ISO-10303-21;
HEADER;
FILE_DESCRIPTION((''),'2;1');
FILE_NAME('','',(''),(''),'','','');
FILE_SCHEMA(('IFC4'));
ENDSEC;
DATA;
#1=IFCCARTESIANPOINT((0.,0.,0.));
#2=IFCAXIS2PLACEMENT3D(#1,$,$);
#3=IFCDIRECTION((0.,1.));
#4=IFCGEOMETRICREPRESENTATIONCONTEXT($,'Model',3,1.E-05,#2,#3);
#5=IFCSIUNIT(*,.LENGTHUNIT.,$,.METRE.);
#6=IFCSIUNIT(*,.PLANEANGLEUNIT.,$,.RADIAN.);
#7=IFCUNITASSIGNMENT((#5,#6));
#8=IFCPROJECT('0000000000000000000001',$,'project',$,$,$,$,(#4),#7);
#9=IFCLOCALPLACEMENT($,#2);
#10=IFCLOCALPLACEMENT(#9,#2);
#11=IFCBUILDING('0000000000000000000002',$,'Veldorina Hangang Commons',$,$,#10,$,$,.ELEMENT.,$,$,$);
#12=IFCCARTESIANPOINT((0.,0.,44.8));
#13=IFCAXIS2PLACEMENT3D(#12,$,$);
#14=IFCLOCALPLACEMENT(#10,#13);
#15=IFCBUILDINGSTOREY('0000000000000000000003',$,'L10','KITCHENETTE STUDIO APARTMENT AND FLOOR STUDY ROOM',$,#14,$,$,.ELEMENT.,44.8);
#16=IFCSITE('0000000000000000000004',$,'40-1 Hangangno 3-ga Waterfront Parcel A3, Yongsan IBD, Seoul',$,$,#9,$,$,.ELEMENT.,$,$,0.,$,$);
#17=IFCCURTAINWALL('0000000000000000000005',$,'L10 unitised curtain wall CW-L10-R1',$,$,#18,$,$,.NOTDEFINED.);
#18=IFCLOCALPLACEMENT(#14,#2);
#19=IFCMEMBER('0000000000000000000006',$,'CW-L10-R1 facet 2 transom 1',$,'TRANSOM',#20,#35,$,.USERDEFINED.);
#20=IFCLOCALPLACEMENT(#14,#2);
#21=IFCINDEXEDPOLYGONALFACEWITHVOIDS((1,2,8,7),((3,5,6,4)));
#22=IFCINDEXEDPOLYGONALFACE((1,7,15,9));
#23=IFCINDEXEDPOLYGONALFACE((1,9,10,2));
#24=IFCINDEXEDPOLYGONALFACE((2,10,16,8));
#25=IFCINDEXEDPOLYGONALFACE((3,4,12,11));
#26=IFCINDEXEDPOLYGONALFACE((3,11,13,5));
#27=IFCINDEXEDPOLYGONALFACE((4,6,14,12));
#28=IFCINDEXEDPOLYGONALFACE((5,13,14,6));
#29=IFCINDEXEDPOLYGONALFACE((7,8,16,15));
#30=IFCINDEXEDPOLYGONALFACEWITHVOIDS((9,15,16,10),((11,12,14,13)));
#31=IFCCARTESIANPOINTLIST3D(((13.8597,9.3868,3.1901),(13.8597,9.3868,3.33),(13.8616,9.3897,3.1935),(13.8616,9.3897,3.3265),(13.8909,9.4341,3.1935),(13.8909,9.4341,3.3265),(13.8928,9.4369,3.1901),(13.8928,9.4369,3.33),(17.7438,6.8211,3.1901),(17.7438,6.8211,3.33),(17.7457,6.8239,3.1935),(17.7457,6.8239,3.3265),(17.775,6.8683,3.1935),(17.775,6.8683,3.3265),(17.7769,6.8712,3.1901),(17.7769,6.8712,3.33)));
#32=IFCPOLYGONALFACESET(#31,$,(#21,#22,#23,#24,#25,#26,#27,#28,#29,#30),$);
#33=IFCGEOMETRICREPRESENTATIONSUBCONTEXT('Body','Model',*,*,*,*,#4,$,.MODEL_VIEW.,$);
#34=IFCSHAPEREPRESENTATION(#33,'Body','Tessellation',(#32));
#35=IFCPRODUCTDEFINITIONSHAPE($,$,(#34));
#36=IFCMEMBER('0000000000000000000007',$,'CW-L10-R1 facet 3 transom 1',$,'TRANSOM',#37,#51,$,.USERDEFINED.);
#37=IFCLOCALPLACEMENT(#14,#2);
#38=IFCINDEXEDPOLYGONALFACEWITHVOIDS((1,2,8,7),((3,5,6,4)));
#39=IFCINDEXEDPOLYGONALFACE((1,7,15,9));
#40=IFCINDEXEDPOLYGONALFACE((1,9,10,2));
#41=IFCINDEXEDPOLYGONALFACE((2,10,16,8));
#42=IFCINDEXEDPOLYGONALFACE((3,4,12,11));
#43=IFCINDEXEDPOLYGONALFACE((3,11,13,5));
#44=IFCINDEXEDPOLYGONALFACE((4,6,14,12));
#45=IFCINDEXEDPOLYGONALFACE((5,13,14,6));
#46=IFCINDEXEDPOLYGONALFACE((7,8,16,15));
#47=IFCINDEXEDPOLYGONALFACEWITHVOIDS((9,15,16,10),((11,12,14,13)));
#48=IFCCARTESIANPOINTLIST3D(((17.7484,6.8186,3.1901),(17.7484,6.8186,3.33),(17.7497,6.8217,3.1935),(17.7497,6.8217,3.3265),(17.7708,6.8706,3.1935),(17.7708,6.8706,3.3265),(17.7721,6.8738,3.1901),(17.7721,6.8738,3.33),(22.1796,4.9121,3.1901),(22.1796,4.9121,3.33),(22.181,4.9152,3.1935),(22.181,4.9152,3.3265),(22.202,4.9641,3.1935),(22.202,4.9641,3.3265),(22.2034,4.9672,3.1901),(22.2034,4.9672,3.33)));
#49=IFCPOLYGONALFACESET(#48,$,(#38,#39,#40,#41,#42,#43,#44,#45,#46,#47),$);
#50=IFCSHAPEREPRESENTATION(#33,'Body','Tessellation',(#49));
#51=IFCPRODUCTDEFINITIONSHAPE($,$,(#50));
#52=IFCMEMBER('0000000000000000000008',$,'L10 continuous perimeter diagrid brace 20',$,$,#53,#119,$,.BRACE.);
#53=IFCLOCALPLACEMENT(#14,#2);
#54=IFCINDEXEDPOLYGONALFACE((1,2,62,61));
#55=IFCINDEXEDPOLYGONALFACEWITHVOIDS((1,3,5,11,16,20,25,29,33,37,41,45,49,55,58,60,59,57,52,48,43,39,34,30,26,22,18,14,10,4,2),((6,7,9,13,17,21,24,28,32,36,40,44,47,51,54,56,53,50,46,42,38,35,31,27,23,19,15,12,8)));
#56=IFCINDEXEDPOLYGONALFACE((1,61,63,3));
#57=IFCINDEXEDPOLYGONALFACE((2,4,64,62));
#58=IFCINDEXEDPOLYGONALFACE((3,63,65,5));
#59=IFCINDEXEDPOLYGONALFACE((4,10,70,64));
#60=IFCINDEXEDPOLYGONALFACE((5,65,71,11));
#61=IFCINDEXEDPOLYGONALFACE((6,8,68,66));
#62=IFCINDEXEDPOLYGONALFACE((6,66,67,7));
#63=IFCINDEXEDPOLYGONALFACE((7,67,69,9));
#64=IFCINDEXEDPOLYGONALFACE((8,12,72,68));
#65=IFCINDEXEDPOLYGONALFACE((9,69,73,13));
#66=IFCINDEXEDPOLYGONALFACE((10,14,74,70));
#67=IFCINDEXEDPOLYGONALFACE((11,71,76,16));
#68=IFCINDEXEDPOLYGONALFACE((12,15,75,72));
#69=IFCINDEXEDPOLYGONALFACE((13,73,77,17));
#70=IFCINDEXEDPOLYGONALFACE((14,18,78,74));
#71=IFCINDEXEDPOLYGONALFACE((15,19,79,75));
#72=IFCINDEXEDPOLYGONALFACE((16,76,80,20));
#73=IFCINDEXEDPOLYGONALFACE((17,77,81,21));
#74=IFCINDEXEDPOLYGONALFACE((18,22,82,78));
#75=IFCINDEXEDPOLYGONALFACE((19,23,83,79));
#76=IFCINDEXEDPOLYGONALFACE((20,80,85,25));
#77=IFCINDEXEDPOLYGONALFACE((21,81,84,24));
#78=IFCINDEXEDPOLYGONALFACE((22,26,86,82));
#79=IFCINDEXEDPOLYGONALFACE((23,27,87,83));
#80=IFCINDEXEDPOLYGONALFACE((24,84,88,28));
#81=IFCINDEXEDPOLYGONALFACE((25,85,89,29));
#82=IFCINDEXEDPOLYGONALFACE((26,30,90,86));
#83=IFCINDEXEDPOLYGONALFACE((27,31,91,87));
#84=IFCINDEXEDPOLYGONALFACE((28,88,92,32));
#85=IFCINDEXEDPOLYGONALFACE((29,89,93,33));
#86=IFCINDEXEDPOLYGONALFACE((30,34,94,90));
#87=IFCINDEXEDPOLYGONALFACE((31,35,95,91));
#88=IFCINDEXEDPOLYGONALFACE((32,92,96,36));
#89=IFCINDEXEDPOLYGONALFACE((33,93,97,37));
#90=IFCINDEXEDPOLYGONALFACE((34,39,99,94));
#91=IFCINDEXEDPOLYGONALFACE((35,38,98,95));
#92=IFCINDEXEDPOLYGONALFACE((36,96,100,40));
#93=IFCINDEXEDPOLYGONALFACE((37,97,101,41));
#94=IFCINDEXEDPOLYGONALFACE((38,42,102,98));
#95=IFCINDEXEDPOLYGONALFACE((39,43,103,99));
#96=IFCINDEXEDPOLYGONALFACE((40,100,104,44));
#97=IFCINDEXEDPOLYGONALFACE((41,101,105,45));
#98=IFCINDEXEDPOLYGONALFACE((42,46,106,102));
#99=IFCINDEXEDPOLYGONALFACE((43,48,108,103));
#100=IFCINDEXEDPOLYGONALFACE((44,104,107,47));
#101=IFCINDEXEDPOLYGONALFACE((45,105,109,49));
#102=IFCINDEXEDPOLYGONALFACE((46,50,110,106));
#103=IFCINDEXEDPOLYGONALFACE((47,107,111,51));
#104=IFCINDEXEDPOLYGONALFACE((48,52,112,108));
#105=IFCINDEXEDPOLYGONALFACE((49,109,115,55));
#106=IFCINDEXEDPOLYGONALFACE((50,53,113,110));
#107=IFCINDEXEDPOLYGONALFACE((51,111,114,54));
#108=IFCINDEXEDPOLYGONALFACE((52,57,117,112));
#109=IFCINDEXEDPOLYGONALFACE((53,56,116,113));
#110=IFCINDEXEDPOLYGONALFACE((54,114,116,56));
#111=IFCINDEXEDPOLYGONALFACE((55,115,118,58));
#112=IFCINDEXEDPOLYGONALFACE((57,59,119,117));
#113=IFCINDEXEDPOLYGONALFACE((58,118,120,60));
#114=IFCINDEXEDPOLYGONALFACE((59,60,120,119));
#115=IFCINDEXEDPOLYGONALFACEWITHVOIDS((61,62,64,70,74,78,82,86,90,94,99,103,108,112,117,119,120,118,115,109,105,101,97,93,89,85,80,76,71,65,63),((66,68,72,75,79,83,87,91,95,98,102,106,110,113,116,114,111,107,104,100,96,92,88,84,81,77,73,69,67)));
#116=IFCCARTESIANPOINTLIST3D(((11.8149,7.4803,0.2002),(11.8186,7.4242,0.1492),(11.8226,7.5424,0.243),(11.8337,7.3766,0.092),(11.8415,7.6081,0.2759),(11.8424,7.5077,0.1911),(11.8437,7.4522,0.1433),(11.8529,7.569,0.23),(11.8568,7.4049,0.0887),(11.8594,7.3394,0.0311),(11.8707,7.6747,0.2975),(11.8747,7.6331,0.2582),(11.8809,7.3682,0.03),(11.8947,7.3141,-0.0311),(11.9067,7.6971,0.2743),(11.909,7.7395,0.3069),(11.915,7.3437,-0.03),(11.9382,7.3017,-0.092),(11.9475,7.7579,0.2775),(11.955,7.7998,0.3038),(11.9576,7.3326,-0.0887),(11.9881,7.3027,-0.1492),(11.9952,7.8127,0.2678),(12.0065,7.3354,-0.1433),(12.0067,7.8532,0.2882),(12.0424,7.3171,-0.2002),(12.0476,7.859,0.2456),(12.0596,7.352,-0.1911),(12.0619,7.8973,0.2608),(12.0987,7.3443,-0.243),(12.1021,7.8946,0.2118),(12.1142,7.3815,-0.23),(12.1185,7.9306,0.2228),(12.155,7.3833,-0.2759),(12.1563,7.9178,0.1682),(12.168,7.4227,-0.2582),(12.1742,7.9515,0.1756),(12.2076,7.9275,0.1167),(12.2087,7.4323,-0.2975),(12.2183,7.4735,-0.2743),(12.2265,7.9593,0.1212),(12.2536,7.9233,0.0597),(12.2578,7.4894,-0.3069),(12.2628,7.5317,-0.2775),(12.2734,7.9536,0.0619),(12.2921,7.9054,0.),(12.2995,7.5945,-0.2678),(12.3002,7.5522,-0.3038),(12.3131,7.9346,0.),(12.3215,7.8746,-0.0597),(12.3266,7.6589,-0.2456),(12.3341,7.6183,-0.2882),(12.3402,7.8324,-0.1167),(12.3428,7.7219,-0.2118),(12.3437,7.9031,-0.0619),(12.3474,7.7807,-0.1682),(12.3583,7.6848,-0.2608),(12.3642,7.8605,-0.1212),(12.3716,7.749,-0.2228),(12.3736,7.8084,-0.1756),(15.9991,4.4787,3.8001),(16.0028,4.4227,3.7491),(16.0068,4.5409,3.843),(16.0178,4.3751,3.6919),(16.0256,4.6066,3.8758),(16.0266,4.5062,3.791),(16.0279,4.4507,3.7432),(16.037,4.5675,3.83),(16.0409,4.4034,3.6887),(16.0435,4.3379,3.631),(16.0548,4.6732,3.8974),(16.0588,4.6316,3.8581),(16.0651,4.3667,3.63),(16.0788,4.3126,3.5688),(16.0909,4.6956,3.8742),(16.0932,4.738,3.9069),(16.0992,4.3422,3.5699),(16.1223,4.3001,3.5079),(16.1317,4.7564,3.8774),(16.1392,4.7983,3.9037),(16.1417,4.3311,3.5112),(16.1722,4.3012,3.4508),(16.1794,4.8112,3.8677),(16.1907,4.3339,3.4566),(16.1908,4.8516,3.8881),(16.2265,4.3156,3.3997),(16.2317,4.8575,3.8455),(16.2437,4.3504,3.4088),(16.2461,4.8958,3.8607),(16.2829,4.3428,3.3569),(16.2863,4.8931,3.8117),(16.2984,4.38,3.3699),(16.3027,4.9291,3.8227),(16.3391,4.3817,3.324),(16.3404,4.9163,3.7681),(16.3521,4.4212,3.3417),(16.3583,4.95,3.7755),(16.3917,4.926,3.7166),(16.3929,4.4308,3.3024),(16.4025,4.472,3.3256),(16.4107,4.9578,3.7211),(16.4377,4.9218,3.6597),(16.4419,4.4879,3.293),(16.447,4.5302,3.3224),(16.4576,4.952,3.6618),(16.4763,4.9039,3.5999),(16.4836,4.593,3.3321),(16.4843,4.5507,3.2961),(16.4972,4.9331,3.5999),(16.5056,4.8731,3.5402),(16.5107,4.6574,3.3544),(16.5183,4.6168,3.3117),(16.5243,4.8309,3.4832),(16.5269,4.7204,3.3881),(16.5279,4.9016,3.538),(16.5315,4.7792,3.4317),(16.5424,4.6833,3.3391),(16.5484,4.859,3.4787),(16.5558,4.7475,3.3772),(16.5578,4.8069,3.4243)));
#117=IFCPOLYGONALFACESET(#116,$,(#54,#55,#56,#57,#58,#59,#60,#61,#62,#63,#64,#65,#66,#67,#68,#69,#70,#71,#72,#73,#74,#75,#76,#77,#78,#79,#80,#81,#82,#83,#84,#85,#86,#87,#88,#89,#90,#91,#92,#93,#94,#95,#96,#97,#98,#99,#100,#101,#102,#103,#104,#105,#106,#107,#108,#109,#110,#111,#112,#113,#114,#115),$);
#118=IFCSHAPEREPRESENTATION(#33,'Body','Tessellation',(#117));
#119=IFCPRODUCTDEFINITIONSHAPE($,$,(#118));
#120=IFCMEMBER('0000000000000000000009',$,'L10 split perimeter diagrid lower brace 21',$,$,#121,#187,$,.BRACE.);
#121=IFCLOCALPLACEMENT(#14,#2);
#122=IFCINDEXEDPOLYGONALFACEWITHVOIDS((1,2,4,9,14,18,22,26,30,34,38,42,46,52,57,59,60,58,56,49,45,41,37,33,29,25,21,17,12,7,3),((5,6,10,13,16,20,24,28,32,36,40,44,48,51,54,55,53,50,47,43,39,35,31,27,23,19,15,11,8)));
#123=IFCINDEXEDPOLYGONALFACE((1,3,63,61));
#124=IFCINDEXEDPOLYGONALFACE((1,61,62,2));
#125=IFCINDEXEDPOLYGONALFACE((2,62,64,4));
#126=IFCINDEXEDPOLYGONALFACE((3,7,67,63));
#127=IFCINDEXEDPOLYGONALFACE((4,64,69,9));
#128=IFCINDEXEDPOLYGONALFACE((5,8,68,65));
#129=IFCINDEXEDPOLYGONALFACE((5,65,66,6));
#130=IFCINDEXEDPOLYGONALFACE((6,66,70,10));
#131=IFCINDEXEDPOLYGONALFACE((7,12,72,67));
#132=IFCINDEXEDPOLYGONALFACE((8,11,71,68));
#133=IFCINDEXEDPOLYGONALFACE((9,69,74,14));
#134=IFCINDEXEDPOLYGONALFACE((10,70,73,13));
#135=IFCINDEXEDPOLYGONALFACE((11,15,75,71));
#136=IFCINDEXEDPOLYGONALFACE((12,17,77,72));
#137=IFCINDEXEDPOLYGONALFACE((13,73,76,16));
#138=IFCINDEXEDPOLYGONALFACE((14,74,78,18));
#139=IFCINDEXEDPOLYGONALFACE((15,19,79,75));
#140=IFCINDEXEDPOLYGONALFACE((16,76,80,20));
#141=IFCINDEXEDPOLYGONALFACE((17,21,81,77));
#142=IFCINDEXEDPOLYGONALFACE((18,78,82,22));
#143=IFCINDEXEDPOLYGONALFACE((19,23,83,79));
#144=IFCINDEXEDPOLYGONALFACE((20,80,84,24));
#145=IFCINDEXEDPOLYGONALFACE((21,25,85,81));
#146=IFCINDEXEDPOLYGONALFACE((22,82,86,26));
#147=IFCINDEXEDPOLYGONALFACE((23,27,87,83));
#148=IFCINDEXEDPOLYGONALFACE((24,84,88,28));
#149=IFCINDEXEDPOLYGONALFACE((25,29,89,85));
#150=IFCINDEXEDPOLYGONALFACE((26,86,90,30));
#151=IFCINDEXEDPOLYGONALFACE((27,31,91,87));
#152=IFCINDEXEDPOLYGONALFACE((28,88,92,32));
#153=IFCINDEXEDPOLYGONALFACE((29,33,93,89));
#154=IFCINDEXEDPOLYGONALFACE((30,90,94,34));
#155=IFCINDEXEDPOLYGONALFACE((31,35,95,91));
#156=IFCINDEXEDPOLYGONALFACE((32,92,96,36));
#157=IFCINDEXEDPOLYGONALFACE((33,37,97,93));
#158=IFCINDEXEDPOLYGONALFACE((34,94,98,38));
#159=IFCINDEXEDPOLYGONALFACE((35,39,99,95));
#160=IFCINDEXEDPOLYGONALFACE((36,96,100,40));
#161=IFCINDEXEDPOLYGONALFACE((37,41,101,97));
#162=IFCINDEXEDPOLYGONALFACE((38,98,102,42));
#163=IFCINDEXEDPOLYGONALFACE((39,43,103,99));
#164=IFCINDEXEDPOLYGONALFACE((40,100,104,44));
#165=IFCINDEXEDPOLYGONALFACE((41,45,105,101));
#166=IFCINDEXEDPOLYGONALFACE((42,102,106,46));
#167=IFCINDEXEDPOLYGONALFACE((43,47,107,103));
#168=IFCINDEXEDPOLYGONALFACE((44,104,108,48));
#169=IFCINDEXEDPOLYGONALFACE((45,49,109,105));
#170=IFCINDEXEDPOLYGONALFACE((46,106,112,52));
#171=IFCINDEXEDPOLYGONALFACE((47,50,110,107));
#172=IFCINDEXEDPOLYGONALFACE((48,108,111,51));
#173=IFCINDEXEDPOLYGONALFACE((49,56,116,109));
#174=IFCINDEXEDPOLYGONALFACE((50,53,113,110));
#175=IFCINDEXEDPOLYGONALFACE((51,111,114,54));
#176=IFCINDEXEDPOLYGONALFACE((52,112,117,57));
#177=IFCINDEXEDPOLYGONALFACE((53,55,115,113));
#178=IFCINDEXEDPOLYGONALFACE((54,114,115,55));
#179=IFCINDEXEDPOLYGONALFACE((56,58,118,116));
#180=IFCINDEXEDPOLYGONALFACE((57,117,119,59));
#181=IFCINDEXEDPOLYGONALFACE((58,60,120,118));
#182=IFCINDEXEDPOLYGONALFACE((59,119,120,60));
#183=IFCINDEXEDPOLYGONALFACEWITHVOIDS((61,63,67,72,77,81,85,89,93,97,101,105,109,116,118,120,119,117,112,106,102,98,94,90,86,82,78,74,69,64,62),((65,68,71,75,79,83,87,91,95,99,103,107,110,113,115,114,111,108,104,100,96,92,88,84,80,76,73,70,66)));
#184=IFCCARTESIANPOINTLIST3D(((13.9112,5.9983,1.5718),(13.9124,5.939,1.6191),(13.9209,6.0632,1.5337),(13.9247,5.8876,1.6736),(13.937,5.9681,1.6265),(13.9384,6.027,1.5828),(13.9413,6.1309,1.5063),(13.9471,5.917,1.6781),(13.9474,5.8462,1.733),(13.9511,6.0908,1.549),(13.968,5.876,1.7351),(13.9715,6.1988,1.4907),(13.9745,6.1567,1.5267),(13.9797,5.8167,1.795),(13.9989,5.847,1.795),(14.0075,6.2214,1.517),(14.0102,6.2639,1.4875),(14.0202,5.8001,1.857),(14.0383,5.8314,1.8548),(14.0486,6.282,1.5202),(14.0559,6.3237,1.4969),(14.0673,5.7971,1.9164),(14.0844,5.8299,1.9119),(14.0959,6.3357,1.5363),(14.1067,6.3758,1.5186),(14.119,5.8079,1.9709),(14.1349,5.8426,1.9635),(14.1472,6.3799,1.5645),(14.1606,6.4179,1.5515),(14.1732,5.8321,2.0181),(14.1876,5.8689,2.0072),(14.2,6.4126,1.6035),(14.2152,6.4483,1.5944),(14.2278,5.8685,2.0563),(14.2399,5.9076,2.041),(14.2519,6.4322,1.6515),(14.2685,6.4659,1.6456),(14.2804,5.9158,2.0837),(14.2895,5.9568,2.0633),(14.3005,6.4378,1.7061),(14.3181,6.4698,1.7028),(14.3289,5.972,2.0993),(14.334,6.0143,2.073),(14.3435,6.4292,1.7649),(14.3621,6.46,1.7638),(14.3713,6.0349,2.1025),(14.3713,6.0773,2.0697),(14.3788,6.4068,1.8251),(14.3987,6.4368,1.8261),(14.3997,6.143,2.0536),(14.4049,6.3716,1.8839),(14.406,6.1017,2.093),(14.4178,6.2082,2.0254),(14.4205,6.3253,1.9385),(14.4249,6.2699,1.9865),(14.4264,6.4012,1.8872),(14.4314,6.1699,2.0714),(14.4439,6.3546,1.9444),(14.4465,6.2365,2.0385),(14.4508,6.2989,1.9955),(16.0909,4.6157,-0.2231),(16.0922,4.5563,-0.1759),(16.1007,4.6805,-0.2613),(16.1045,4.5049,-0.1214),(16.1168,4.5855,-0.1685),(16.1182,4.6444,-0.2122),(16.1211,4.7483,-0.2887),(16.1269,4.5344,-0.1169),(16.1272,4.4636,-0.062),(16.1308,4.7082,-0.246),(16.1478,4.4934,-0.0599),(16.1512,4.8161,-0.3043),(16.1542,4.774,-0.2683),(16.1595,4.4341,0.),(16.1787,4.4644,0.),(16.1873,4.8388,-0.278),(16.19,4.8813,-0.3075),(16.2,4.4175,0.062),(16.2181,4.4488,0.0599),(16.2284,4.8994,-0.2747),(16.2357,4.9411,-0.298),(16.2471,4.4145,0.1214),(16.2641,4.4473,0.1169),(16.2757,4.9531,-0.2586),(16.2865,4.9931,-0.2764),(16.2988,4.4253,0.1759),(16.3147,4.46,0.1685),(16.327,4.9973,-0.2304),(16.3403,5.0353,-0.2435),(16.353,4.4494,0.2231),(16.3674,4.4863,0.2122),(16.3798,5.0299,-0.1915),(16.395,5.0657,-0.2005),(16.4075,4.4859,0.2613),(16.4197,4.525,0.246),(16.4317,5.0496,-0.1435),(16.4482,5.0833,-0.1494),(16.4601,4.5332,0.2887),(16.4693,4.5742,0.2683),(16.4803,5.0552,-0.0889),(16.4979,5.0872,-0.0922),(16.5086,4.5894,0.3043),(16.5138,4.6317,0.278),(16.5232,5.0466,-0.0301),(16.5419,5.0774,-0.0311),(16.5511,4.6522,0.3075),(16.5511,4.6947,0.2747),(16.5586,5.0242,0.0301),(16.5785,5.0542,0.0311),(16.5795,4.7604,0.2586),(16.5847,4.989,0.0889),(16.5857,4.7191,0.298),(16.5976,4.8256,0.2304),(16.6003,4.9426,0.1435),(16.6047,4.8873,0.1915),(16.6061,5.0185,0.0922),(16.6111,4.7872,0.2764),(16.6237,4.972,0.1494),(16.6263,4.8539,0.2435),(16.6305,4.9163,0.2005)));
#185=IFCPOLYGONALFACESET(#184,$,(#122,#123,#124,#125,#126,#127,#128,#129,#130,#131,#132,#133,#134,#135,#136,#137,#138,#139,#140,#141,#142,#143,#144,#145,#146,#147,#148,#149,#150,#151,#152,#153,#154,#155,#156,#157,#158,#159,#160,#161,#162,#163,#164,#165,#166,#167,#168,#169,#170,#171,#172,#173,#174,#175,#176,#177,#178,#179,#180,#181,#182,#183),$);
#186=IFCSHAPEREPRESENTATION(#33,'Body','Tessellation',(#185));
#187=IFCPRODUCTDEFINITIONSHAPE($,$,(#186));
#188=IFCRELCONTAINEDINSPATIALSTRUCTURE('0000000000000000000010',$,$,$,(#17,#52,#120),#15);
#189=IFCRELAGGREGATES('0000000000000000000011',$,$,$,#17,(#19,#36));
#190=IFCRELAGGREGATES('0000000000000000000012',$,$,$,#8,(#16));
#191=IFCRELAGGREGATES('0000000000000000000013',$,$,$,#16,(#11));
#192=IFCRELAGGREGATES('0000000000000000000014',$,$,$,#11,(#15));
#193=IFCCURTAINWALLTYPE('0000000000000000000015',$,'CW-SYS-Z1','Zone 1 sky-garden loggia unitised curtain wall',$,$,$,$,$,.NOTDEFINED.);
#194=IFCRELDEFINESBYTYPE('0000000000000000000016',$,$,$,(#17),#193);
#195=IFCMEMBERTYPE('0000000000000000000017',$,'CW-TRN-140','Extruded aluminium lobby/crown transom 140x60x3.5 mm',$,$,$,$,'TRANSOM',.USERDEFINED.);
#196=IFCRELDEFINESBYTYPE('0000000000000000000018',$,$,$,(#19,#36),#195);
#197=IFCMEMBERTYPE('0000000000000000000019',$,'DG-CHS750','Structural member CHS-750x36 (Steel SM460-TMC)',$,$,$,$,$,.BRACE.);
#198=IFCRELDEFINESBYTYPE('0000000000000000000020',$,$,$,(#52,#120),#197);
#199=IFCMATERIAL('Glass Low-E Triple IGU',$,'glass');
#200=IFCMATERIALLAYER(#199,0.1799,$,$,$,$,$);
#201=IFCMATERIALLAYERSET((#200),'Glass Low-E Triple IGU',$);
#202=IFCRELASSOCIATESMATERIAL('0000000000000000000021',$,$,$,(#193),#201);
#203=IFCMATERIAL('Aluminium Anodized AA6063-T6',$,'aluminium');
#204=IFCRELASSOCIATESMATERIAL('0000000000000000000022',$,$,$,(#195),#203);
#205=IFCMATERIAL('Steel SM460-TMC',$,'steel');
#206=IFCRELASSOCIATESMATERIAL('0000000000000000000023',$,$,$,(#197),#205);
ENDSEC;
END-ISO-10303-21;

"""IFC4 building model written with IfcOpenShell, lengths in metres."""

from ifc_helpers import new_model, si_unit, direction, frame, origin, origin_2d, place, context, subcontext, project, spatial, hollow_rectangle, hollow_circle, extrude, material, layer, layer_set, material_profile, profile_set, type_object, element, aggregate, save


model = new_model("IFC4")

# Units and contexts
model_context = context("Model", 3, precision=1e-05, world=origin(), true_north=direction((0.0, 1.0)))
body_context = subcontext(model_context, "Body", "Model", "MODEL_VIEW")
ifc_project = project(units=[si_unit("LENGTHUNIT", "METRE"), si_unit("PLANEANGLEUNIT", "RADIAN")], contexts=[model_context])

# Site, building, storey
site_placement = place(None, origin())
site = spatial("IfcSite", under=ifc_project, at=site_placement, Name="40-1 Hangangno 3-ga Waterfront Parcel A3, Yongsan IBD, Seoul", CompositionType="ELEMENT", RefElevation=0.0)
building_placement = place(site_placement, origin())
building = spatial("IfcBuilding", under=site, at=building_placement, Name="Veldorina Hangang Commons", CompositionType="ELEMENT")
storey_placement = place(building_placement, frame((0.0, 0.0, 44.8)))
storey = spatial("IfcBuildingStorey", under=building, at=storey_placement, Name="L10", Description="KITCHENETTE STUDIO APARTMENT AND FLOOR STUDY ROOM", CompositionType="ELEMENT", Elevation=44.8)

# Shared definitions
ifc_material_1 = material(Name="Steel SM460-TMC", Category="steel")

# Curtain wall, members
ifc_material_2 = material(Name="Glass Low-E Triple IGU", Category="glass")
ifc_layer_1 = layer(ifc_material_2, 0.1799)
ifc_layer_set_1 = layer_set([ifc_layer_1], Name="Glass Low-E Triple IGU")
curtain_wall_type = type_object("IfcCurtainWallType", Name="CW-SYS-Z1", Description="Zone 1 sky-garden loggia unitised curtain wall", PredefinedType="NOTDEFINED", material=ifc_layer_set_1)
curtain_wall_placement = place(storey_placement, origin())
curtain_wall = element("IfcCurtainWall", 1, at=curtain_wall_placement, inside=storey, type_object=curtain_wall_type, Name="L10 unitised curtain wall CW-L10-R1", PredefinedType="NOTDEFINED")
ifc_material_3 = material(Name="Aluminium Anodized AA6063-T6", Category="aluminium")
ifc_material_profile_1 = material_profile(ifc_material_3, hollow_rectangle(XDim=0.0601, YDim=0.1399, WallThickness=0.0034, at=origin_2d()), Name="ALU-RHS-140x60x3.5")
ifc_profile_set_1 = profile_set([ifc_material_profile_1], Name="Aluminium Anodized AA6063-T6")
member_type_1 = type_object("IfcMemberType", Name="CW-TRN-140", Description="Extruded aluminium lobby/crown transom 140x60x3.5 mm", ElementType="TRANSOM", PredefinedType="USERDEFINED", material=ifc_profile_set_1)
member_1_placement = place(storey_placement, frame((13.8762, 9.4119, 3.26), z_axis=(0.834391, -0.551173, 0.0), x_axis=(0.551173, 0.834391, 0.0)))
member_1 = element("IfcMember", 2, at=member_1_placement, type_object=member_type_1, Name="CW-L10-R1 facet 2 transom 1", ObjectType="TRANSOM", PredefinedType="USERDEFINED", context=body_context, shape_type="SweptSolid", body=[
    extrude(hollow_rectangle(XDim=0.0601, YDim=0.1399, WallThickness=0.0034, at=origin_2d()), origin(), (0.0, 0.0, 1.0), 4.655),
])
member_2_placement = place(storey_placement, frame((17.7603, 6.8462, 3.26), z_axis=(0.918587, -0.39522, 0.0), x_axis=(0.39522, 0.918587, 0.0)))
member_2 = element("IfcMember", 3, at=member_2_placement, type_object=member_type_1, Name="CW-L10-R1 facet 3 transom 1", ObjectType="TRANSOM", PredefinedType="USERDEFINED", context=body_context, shape_type="SweptSolid", body=[
    extrude(hollow_rectangle(XDim=0.0601, YDim=0.1399, WallThickness=0.0034, at=origin_2d()), origin(), (0.0, 0.0, 1.0), 4.824),
])

# Members
ifc_material_profile_2 = material_profile(ifc_material_1, hollow_circle(Radius=0.375, WallThickness=0.0359, at=origin_2d()), Name="CHS-750x36")
ifc_profile_set_2 = profile_set([ifc_material_profile_2], Name="Steel SM460-TMC")
member_type_2 = type_object("IfcMemberType", Name="DG-CHS750", Description="Structural member CHS-750x36 (Steel SM460-TMC)", PredefinedType="BRACE", material=ifc_profile_set_2)
member_3_placement = place(storey_placement, frame((12.0945, 7.6299, 0.0), z_axis=(0.665952, -0.477723, 0.572965), x_axis=(0.582887, 0.812553, 0.0)))
element("IfcMember", 4, at=member_3_placement, inside=storey, type_object=member_type_2, Name="L10 continuous perimeter diagrid brace 20", PredefinedType="BRACE", context=body_context, shape_type="SweptSolid", body=[
    extrude(hollow_circle(Radius=0.375, WallThickness=0.0359, at=origin_2d()), origin(), (0.0, 0.0, 1.0), 6.283),
])
member_4_placement = place(storey_placement, frame((16.3604, 4.7507, 0.0), z_axis=(-0.693301, 0.439758, 0.570917), x_axis=(-0.535633, -0.844451, 0.0)))
element("IfcMember", 5, at=member_4_placement, inside=storey, type_object=member_type_2, Name="L10 split perimeter diagrid lower brace 21", PredefinedType="BRACE", context=body_context, shape_type="SweptSolid", body=[
    extrude(hollow_circle(Radius=0.375, WallThickness=0.0359, at=origin_2d()), origin(), (0.0, 0.0, 1.0), 3.144),
])

aggregate(curtain_wall, [member_1, member_2])

save(model, "model.ifc")
